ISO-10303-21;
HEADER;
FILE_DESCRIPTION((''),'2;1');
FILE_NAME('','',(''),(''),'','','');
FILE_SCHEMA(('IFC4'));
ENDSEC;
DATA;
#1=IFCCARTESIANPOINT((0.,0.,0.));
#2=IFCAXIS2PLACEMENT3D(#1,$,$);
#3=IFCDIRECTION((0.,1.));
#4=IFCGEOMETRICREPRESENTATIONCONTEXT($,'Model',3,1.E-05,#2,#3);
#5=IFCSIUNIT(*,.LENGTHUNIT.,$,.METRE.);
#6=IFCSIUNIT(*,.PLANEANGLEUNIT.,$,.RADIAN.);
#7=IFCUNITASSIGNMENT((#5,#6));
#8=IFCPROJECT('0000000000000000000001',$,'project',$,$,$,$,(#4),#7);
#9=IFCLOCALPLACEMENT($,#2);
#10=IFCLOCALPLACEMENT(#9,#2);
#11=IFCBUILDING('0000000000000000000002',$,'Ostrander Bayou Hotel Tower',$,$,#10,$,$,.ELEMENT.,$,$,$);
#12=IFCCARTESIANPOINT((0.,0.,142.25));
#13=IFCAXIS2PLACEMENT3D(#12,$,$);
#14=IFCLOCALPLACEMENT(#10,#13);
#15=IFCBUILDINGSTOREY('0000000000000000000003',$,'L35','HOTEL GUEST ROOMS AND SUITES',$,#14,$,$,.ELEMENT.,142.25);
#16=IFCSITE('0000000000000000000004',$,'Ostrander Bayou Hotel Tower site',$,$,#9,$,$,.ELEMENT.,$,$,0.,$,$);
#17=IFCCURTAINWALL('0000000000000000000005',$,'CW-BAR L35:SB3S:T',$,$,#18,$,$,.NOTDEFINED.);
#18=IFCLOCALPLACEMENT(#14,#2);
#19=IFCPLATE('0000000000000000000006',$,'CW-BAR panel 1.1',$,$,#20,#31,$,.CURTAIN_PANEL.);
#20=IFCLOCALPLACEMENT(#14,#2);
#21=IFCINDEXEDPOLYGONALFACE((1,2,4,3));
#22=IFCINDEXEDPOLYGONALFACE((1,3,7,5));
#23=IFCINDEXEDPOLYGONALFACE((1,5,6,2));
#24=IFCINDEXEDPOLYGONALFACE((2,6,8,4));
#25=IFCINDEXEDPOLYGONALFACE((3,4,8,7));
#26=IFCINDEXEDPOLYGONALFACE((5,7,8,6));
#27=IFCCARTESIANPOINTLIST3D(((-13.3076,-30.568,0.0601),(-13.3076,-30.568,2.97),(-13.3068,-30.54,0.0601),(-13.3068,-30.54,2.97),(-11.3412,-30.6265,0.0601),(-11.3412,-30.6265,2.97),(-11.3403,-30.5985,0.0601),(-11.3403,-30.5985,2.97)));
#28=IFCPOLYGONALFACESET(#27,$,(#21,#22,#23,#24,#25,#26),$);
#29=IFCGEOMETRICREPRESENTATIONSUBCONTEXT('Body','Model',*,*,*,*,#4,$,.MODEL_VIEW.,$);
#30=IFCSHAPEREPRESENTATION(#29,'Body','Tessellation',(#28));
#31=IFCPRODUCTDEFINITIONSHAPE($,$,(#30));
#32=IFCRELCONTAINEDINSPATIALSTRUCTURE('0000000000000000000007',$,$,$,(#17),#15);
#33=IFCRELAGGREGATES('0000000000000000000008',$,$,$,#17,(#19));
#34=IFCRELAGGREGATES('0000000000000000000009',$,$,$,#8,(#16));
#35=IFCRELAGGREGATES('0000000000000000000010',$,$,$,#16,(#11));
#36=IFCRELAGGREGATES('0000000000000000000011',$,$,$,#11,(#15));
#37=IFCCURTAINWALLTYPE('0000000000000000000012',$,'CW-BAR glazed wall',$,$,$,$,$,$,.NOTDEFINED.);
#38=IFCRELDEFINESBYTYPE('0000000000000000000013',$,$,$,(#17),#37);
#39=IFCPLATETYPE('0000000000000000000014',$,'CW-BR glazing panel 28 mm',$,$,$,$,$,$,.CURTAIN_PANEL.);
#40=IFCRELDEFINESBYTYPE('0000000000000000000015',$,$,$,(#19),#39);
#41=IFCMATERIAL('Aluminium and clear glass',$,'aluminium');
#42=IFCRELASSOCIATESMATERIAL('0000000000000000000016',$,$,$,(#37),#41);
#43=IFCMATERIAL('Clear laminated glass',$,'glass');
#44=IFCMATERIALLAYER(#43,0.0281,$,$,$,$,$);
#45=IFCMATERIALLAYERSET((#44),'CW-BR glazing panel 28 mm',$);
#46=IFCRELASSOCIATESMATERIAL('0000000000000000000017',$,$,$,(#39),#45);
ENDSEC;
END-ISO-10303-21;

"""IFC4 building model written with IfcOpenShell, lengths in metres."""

from ifc_helpers import new_model, si_unit, direction, frame, origin, origin_2d, place, context, subcontext, project, spatial, rectangle, extrude, material, layer, layer_set, type_object, element, aggregate, save


model = new_model("IFC4")

# Units and contexts
model_context = context("Model", 3, precision=1e-05, world=origin(), true_north=direction((0.0, 1.0)))
body_context = subcontext(model_context, "Body", "Model", "MODEL_VIEW")
ifc_project = project(units=[si_unit("LENGTHUNIT", "METRE"), si_unit("PLANEANGLEUNIT", "RADIAN")], contexts=[model_context])

# Site, building, storey
site_placement = place(None, origin())
site = spatial("IfcSite", under=ifc_project, at=site_placement, Name="Ostrander Bayou Hotel Tower site", CompositionType="ELEMENT", RefElevation=0.0)
building_placement = place(site_placement, origin())
building = spatial("IfcBuilding", under=site, at=building_placement, Name="Ostrander Bayou Hotel Tower", CompositionType="ELEMENT")
storey_placement = place(building_placement, frame((0.0, 0.0, 142.25)))
storey = spatial("IfcBuildingStorey", under=building, at=storey_placement, Name="L35", Description="HOTEL GUEST ROOMS AND SUITES", CompositionType="ELEMENT", Elevation=142.25)

# Shared definitions
ifc_material_1 = material(Name="Aluminium and clear glass", Category="aluminium")
curtain_wall_type = type_object("IfcCurtainWallType", Name="CW-BAR glazed wall", PredefinedType="NOTDEFINED", material=ifc_material_1)

# Curtain wall
curtain_wall_1_placement = place(storey_placement, origin())
curtain_wall_1 = element("IfcCurtainWall", 1, at=curtain_wall_1_placement, inside=storey, type_object=curtain_wall_type, Name="CW-BAR L35:SB3S:T", PredefinedType="NOTDEFINED")

# Plate
ifc_material_2 = material(Name="Clear laminated glass", Category="glass")
ifc_layer_1 = layer(ifc_material_2, 0.0281)
ifc_layer_set_1 = layer_set([ifc_layer_1], Name="CW-BR glazing panel 28 mm")
plate_type = type_object("IfcPlateType", Name="CW-BR glazing panel 28 mm", PredefinedType="CURTAIN_PANEL", material=ifc_layer_set_1)
plate_1_placement = place(storey_placement, frame((-12.324, -30.5833, 0.0601), z_axis=(0.0, 0.0, 1.0), x_axis=(0.999557, -0.029746, 0.0)))
plate_1 = element("IfcPlate", 2, at=plate_1_placement, type_object=plate_type, Name="CW-BAR panel 1.1", PredefinedType="CURTAIN_PANEL", context=body_context, shape_type="SweptSolid", body=[
    extrude(rectangle(XDim=1.9673, YDim=0.0281, at=origin_2d()), origin(), (0.0, 0.0, 1.0), 2.9099),
])
aggregate(curtain_wall_1, [plate_1])

save(model, "model.ifc")
